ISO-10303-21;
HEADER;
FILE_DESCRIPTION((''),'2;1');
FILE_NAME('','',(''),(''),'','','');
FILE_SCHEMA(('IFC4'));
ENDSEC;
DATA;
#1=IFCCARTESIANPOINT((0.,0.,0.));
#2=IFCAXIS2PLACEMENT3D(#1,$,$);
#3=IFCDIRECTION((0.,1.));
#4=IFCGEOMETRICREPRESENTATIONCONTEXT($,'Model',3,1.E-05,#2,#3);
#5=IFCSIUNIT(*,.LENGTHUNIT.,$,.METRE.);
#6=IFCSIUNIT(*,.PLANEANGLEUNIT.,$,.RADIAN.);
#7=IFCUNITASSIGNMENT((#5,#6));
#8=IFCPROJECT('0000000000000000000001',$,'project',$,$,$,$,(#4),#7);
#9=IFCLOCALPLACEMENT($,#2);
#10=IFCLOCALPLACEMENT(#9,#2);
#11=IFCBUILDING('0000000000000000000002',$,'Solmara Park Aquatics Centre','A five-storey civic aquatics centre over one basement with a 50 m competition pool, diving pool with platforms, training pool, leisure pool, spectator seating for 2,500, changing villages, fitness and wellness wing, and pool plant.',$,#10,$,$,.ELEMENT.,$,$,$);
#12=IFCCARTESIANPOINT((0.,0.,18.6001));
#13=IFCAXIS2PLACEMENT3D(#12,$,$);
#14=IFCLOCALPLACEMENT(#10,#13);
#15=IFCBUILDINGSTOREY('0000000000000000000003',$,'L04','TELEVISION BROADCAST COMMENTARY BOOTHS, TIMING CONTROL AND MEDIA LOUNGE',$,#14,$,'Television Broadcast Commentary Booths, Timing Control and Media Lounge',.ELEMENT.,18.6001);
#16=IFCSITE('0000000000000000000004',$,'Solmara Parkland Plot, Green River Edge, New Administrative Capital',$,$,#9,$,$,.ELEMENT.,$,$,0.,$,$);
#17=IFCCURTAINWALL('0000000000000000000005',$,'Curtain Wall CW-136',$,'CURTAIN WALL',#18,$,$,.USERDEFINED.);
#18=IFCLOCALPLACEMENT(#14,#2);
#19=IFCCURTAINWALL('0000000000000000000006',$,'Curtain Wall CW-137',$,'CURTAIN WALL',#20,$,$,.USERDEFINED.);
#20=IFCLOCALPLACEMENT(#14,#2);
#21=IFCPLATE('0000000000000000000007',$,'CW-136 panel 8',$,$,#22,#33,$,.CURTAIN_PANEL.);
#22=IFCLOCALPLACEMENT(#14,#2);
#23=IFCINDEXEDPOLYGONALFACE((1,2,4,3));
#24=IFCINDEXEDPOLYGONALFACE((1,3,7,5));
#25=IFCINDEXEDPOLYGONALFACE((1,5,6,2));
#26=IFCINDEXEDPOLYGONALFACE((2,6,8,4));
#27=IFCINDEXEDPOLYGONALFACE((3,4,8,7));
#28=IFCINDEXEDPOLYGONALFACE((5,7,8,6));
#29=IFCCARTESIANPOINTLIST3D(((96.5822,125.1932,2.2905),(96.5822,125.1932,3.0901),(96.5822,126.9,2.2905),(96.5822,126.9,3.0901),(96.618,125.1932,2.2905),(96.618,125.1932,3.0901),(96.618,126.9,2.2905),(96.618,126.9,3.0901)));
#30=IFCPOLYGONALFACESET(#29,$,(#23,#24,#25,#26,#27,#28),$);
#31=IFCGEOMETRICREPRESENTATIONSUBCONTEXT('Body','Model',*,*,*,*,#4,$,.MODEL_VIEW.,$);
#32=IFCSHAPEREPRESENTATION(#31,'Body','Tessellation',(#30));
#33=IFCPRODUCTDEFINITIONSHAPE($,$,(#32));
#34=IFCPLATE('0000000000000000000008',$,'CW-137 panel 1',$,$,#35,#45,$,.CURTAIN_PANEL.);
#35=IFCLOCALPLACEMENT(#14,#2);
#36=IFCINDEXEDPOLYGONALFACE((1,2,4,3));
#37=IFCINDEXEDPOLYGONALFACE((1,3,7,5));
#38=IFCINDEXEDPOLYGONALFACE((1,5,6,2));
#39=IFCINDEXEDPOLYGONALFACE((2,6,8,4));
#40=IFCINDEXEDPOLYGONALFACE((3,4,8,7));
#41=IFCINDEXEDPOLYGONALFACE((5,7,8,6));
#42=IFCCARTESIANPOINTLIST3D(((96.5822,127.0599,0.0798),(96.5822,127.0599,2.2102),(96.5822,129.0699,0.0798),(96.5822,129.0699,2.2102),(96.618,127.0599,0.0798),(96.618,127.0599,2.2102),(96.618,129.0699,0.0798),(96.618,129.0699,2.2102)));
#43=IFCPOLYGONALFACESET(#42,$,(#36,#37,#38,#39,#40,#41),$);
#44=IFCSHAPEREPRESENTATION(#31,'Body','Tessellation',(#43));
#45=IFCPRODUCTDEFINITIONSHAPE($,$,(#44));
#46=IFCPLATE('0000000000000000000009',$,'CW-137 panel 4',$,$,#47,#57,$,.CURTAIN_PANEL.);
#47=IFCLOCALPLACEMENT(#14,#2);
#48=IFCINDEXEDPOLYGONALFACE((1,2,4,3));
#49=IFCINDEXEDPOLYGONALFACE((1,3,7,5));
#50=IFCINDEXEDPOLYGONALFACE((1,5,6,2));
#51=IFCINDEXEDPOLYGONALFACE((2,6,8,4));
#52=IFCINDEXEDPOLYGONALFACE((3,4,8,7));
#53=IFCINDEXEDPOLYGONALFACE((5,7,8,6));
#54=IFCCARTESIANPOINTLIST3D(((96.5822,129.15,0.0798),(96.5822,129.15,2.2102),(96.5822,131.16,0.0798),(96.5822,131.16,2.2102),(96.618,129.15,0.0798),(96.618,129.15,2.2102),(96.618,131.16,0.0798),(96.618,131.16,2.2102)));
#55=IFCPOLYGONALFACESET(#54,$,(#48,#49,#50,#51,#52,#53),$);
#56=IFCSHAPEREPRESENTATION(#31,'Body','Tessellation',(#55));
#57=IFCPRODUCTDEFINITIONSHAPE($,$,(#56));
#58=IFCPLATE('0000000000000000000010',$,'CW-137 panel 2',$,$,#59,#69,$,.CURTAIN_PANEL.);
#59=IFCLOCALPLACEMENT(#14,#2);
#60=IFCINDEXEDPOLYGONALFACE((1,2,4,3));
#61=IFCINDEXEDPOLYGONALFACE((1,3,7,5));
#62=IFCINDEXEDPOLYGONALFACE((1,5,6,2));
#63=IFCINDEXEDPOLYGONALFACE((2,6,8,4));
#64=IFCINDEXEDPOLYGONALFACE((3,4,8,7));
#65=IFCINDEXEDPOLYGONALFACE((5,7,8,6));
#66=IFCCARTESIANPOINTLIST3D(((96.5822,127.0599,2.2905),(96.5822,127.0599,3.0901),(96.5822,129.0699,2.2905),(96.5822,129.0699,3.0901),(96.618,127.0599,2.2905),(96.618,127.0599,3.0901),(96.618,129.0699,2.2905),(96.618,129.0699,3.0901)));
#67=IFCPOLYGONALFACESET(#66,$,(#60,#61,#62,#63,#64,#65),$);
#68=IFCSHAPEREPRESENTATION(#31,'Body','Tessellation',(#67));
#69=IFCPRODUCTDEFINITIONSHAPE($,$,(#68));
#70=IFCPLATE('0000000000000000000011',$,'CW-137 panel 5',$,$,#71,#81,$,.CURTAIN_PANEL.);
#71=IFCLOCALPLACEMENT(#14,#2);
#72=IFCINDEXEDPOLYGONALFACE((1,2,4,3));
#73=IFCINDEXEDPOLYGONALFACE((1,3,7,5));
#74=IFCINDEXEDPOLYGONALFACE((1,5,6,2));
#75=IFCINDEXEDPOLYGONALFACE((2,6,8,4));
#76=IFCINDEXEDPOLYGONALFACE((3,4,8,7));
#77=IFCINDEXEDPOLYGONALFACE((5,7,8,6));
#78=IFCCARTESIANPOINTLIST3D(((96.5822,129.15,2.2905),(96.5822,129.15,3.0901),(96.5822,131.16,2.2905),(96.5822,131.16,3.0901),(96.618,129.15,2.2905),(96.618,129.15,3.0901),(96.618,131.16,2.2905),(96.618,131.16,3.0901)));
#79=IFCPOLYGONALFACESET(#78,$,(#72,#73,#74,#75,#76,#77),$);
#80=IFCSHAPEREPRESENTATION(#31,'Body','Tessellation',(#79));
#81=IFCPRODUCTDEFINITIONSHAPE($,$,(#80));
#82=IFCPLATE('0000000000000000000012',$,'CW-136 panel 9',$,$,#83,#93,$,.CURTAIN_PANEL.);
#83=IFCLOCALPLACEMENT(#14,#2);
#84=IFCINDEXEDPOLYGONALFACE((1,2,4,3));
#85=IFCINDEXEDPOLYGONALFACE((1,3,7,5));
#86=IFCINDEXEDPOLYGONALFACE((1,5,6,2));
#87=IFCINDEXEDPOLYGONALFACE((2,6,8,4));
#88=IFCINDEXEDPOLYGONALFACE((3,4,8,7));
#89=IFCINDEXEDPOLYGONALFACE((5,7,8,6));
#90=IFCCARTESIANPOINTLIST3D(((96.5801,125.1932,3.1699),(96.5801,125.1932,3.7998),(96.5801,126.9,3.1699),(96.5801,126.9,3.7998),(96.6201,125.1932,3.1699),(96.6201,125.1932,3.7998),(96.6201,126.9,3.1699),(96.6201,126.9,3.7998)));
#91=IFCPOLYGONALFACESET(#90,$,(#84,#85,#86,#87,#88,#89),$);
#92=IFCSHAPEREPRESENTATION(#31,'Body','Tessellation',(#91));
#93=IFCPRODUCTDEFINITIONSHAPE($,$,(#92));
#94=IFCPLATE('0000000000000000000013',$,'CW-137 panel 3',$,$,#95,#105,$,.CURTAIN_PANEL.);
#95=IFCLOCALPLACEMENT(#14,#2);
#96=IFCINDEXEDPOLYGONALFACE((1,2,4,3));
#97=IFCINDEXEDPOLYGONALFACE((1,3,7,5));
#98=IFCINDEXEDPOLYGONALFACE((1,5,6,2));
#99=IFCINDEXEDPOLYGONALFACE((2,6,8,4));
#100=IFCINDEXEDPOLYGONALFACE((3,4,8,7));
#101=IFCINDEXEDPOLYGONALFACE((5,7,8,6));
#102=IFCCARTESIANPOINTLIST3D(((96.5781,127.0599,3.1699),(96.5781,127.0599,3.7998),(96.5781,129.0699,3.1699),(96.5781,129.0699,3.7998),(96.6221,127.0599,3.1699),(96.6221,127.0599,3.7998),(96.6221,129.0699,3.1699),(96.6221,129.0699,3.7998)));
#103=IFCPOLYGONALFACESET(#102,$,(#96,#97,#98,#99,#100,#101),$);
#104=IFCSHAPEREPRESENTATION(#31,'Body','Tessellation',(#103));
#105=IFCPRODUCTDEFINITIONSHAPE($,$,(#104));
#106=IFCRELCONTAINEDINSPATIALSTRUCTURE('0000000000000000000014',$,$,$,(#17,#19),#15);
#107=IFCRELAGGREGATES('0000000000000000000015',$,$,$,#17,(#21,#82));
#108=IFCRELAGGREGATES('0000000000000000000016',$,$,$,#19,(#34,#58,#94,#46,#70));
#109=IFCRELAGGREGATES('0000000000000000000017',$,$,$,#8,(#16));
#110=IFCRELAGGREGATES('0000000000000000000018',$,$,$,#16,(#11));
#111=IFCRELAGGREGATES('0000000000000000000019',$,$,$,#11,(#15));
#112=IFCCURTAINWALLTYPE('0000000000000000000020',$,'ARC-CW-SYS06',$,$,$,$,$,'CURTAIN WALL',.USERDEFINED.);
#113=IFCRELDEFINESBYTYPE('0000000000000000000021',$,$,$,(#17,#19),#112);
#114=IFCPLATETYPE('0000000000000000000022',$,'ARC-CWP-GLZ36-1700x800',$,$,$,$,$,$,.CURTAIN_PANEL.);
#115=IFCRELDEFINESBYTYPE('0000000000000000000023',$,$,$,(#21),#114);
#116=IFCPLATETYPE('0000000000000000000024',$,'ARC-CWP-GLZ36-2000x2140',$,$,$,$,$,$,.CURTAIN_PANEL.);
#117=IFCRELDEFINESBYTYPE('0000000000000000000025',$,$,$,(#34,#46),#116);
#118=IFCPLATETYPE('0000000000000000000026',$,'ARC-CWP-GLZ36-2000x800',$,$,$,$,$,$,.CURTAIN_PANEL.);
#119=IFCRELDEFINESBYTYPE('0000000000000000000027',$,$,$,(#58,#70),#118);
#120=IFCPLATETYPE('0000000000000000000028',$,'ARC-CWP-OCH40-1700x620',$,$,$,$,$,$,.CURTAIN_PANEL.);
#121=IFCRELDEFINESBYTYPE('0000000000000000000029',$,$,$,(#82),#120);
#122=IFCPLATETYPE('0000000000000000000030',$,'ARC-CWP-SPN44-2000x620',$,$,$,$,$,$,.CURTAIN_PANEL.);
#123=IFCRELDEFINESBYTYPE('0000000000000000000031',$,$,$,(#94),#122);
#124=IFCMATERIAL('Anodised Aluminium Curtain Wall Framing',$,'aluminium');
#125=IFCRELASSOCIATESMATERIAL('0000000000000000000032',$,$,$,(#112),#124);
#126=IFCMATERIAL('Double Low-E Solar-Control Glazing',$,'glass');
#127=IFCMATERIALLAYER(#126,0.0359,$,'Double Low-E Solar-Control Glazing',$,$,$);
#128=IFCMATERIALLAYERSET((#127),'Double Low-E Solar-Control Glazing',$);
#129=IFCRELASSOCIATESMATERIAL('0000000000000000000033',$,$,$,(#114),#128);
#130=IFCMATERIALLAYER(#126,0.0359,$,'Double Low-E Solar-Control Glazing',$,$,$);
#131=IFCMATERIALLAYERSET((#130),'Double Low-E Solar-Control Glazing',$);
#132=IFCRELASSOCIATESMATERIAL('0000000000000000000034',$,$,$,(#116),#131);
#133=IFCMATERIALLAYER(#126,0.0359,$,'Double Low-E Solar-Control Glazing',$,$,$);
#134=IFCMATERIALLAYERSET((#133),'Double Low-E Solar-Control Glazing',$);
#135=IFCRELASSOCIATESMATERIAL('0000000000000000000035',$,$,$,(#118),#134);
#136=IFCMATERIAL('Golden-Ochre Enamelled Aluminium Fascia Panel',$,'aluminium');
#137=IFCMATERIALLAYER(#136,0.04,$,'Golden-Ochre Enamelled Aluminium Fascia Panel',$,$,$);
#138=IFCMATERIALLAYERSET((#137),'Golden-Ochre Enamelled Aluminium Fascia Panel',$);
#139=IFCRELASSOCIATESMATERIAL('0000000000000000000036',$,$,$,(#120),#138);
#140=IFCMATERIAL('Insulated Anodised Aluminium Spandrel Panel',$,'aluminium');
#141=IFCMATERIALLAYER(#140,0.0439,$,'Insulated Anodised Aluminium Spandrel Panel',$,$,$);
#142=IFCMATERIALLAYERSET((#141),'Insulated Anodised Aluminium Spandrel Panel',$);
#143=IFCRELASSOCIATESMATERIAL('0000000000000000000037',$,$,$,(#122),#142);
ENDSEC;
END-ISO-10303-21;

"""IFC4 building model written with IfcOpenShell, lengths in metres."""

from ifc_helpers import new_model, si_unit, direction, frame, origin, origin_2d, place, context, subcontext, project, spatial, rectangle, extrude, material, layer, layer_set, type_object, element, aggregate, save


model = new_model("IFC4")

# Units and contexts
model_context = context("Model", 3, precision=1e-05, world=origin(), true_north=direction((0.0, 1.0)))
body_context = subcontext(model_context, "Body", "Model", "MODEL_VIEW")
ifc_project = project(units=[si_unit("LENGTHUNIT", "METRE"), si_unit("PLANEANGLEUNIT", "RADIAN")], contexts=[model_context])

# Site, building, storey
site_placement = place(None, origin())
site = spatial("IfcSite", under=ifc_project, at=site_placement, Name="Solmara Parkland Plot, Green River Edge, New Administrative Capital", CompositionType="ELEMENT", RefElevation=0.0)
building_placement = place(site_placement, origin())
building = spatial("IfcBuilding", under=site, at=building_placement, Name="Solmara Park Aquatics Centre", Description="A five-storey civic aquatics centre over one basement with a 50 m competition pool, diving pool with platforms, training pool, leisure pool, spectator seating for 2,500, changing villages, fitness and wellness wing, and pool plant.", CompositionType="ELEMENT")
storey_placement = place(building_placement, frame((0.0, 0.0, 18.6001)))
storey = spatial("IfcBuildingStorey", under=building, at=storey_placement, Name="L04", Description="TELEVISION BROADCAST COMMENTARY BOOTHS, TIMING CONTROL AND MEDIA LOUNGE", LongName="Television Broadcast Commentary Booths, Timing Control and Media Lounge", CompositionType="ELEMENT", Elevation=18.6001)

# Curtain wall
ifc_material_1 = material(Name="Anodised Aluminium Curtain Wall Framing", Category="aluminium")
curtain_wall_type = type_object("IfcCurtainWallType", Name="ARC-CW-SYS06", ElementType="CURTAIN WALL", PredefinedType="USERDEFINED", material=ifc_material_1)
curtain_wall_1_placement = place(storey_placement, origin())
curtain_wall_1 = element("IfcCurtainWall", 1, at=curtain_wall_1_placement, inside=storey, type_object=curtain_wall_type, Name="Curtain Wall CW-136", ObjectType="CURTAIN WALL", PredefinedType="USERDEFINED")

# Curtain wall
curtain_wall_2_placement = place(storey_placement, origin())
curtain_wall_2 = element("IfcCurtainWall", 2, at=curtain_wall_2_placement, inside=storey, type_object=curtain_wall_type, Name="Curtain Wall CW-137", ObjectType="CURTAIN WALL", PredefinedType="USERDEFINED")

# Plates
ifc_material_2 = material(Name="Double Low-E Solar-Control Glazing", Category="glass")
ifc_layer_1 = layer(ifc_material_2, 0.0359, Name="Double Low-E Solar-Control Glazing")
ifc_layer_set_1 = layer_set([ifc_layer_1], Name="Double Low-E Solar-Control Glazing")
plate_type_1 = type_object("IfcPlateType", Name="ARC-CWP-GLZ36-1700x800", PredefinedType="CURTAIN_PANEL", material=ifc_layer_set_1)
plate_1_placement = place(storey_placement, frame((96.6001, 126.0466, 2.2905), z_axis=(0.0, 0.0, 1.0), x_axis=(0.0, 1.0, 0.0)))
plate_1 = element("IfcPlate", 3, at=plate_1_placement, type_object=plate_type_1, Name="CW-136 panel 8", PredefinedType="CURTAIN_PANEL", context=body_context, shape_type="SweptSolid", body=[
    extrude(rectangle(XDim=1.7068, YDim=0.0359, at=origin_2d()), origin(), (0.0, 0.0, 1.0), 0.7996),
])
ifc_layer_2 = layer(ifc_material_2, 0.0359, Name="Double Low-E Solar-Control Glazing")
ifc_layer_set_2 = layer_set([ifc_layer_2], Name="Double Low-E Solar-Control Glazing")
plate_type_2 = type_object("IfcPlateType", Name="ARC-CWP-GLZ36-2000x2140", PredefinedType="CURTAIN_PANEL", material=ifc_layer_set_2)
plate_2_placement = place(storey_placement, frame((96.6001, 128.0649, 0.0798), z_axis=(0.0, 0.0, 1.0), x_axis=(0.0, 1.0, 0.0)))
plate_2 = element("IfcPlate", 4, at=plate_2_placement, type_object=plate_type_2, Name="CW-137 panel 1", PredefinedType="CURTAIN_PANEL", context=body_context, shape_type="SweptSolid", body=[
    extrude(rectangle(XDim=2.01, YDim=0.0359, at=origin_2d()), origin(), (0.0, 0.0, 1.0), 2.1304),
])
plate_3_placement = place(storey_placement, frame((96.6001, 130.155, 0.0798), z_axis=(0.0, 0.0, 1.0), x_axis=(0.0, 1.0, 0.0)))
plate_3 = element("IfcPlate", 5, at=plate_3_placement, type_object=plate_type_2, Name="CW-137 panel 4", PredefinedType="CURTAIN_PANEL", context=body_context, shape_type="SweptSolid", body=[
    extrude(rectangle(XDim=2.01, YDim=0.0359, at=origin_2d()), origin(), (0.0, 0.0, 1.0), 2.1304),
])
ifc_layer_3 = layer(ifc_material_2, 0.0359, Name="Double Low-E Solar-Control Glazing")
ifc_layer_set_3 = layer_set([ifc_layer_3], Name="Double Low-E Solar-Control Glazing")
plate_type_3 = type_object("IfcPlateType", Name="ARC-CWP-GLZ36-2000x800", PredefinedType="CURTAIN_PANEL", material=ifc_layer_set_3)
plate_4_placement = place(storey_placement, frame((96.6001, 128.0649, 2.2905), z_axis=(0.0, 0.0, 1.0), x_axis=(0.0, 1.0, 0.0)))
plate_4 = element("IfcPlate", 6, at=plate_4_placement, type_object=plate_type_3, Name="CW-137 panel 2", PredefinedType="CURTAIN_PANEL", context=body_context, shape_type="SweptSolid", body=[
    extrude(rectangle(XDim=2.01, YDim=0.0359, at=origin_2d()), origin(), (0.0, 0.0, 1.0), 0.7996),
])
plate_5_placement = place(storey_placement, frame((96.6001, 130.155, 2.2905), z_axis=(0.0, 0.0, 1.0), x_axis=(0.0, 1.0, 0.0)))
plate_5 = element("IfcPlate", 7, at=plate_5_placement, type_object=plate_type_3, Name="CW-137 panel 5", PredefinedType="CURTAIN_PANEL", context=body_context, shape_type="SweptSolid", body=[
    extrude(rectangle(XDim=2.01, YDim=0.0359, at=origin_2d()), origin(), (0.0, 0.0, 1.0), 0.7996),
])
ifc_material_3 = material(Name="Golden-Ochre Enamelled Aluminium Fascia Panel", Category="aluminium")
ifc_layer_4 = layer(ifc_material_3, 0.04, Name="Golden-Ochre Enamelled Aluminium Fascia Panel")
ifc_layer_set_4 = layer_set([ifc_layer_4], Name="Golden-Ochre Enamelled Aluminium Fascia Panel")
plate_type_4 = type_object("IfcPlateType", Name="ARC-CWP-OCH40-1700x620", PredefinedType="CURTAIN_PANEL", material=ifc_layer_set_4)
plate_6_placement = place(storey_placement, frame((96.6001, 126.0466, 3.1699), z_axis=(0.0, 0.0, 1.0), x_axis=(0.0, 1.0, 0.0)))
plate_6 = element("IfcPlate", 8, at=plate_6_placement, type_object=plate_type_4, Name="CW-136 panel 9", PredefinedType="CURTAIN_PANEL", context=body_context, shape_type="SweptSolid", body=[
    extrude(rectangle(XDim=1.7068, YDim=0.04, at=origin_2d()), origin(), (0.0, 0.0, 1.0), 0.6299),
])
aggregate(curtain_wall_1, [plate_1, plate_6])
ifc_material_4 = material(Name="Insulated Anodised Aluminium Spandrel Panel", Category="aluminium")
ifc_layer_5 = layer(ifc_material_4, 0.0439, Name="Insulated Anodised Aluminium Spandrel Panel")
ifc_layer_set_5 = layer_set([ifc_layer_5], Name="Insulated Anodised Aluminium Spandrel Panel")
plate_type_5 = type_object("IfcPlateType", Name="ARC-CWP-SPN44-2000x620", PredefinedType="CURTAIN_PANEL", material=ifc_layer_set_5)
plate_7_placement = place(storey_placement, frame((96.6001, 128.0649, 3.1699), z_axis=(0.0, 0.0, 1.0), x_axis=(0.0, 1.0, 0.0)))
plate_7 = element("IfcPlate", 9, at=plate_7_placement, type_object=plate_type_5, Name="CW-137 panel 3", PredefinedType="CURTAIN_PANEL", context=body_context, shape_type="SweptSolid", body=[
    extrude(rectangle(XDim=2.01, YDim=0.0439, at=origin_2d()), origin(), (0.0, 0.0, 1.0), 0.6299),
])
aggregate(curtain_wall_2, [plate_2, plate_4, plate_7, plate_3, plate_5])

save(model, "model.ifc")
